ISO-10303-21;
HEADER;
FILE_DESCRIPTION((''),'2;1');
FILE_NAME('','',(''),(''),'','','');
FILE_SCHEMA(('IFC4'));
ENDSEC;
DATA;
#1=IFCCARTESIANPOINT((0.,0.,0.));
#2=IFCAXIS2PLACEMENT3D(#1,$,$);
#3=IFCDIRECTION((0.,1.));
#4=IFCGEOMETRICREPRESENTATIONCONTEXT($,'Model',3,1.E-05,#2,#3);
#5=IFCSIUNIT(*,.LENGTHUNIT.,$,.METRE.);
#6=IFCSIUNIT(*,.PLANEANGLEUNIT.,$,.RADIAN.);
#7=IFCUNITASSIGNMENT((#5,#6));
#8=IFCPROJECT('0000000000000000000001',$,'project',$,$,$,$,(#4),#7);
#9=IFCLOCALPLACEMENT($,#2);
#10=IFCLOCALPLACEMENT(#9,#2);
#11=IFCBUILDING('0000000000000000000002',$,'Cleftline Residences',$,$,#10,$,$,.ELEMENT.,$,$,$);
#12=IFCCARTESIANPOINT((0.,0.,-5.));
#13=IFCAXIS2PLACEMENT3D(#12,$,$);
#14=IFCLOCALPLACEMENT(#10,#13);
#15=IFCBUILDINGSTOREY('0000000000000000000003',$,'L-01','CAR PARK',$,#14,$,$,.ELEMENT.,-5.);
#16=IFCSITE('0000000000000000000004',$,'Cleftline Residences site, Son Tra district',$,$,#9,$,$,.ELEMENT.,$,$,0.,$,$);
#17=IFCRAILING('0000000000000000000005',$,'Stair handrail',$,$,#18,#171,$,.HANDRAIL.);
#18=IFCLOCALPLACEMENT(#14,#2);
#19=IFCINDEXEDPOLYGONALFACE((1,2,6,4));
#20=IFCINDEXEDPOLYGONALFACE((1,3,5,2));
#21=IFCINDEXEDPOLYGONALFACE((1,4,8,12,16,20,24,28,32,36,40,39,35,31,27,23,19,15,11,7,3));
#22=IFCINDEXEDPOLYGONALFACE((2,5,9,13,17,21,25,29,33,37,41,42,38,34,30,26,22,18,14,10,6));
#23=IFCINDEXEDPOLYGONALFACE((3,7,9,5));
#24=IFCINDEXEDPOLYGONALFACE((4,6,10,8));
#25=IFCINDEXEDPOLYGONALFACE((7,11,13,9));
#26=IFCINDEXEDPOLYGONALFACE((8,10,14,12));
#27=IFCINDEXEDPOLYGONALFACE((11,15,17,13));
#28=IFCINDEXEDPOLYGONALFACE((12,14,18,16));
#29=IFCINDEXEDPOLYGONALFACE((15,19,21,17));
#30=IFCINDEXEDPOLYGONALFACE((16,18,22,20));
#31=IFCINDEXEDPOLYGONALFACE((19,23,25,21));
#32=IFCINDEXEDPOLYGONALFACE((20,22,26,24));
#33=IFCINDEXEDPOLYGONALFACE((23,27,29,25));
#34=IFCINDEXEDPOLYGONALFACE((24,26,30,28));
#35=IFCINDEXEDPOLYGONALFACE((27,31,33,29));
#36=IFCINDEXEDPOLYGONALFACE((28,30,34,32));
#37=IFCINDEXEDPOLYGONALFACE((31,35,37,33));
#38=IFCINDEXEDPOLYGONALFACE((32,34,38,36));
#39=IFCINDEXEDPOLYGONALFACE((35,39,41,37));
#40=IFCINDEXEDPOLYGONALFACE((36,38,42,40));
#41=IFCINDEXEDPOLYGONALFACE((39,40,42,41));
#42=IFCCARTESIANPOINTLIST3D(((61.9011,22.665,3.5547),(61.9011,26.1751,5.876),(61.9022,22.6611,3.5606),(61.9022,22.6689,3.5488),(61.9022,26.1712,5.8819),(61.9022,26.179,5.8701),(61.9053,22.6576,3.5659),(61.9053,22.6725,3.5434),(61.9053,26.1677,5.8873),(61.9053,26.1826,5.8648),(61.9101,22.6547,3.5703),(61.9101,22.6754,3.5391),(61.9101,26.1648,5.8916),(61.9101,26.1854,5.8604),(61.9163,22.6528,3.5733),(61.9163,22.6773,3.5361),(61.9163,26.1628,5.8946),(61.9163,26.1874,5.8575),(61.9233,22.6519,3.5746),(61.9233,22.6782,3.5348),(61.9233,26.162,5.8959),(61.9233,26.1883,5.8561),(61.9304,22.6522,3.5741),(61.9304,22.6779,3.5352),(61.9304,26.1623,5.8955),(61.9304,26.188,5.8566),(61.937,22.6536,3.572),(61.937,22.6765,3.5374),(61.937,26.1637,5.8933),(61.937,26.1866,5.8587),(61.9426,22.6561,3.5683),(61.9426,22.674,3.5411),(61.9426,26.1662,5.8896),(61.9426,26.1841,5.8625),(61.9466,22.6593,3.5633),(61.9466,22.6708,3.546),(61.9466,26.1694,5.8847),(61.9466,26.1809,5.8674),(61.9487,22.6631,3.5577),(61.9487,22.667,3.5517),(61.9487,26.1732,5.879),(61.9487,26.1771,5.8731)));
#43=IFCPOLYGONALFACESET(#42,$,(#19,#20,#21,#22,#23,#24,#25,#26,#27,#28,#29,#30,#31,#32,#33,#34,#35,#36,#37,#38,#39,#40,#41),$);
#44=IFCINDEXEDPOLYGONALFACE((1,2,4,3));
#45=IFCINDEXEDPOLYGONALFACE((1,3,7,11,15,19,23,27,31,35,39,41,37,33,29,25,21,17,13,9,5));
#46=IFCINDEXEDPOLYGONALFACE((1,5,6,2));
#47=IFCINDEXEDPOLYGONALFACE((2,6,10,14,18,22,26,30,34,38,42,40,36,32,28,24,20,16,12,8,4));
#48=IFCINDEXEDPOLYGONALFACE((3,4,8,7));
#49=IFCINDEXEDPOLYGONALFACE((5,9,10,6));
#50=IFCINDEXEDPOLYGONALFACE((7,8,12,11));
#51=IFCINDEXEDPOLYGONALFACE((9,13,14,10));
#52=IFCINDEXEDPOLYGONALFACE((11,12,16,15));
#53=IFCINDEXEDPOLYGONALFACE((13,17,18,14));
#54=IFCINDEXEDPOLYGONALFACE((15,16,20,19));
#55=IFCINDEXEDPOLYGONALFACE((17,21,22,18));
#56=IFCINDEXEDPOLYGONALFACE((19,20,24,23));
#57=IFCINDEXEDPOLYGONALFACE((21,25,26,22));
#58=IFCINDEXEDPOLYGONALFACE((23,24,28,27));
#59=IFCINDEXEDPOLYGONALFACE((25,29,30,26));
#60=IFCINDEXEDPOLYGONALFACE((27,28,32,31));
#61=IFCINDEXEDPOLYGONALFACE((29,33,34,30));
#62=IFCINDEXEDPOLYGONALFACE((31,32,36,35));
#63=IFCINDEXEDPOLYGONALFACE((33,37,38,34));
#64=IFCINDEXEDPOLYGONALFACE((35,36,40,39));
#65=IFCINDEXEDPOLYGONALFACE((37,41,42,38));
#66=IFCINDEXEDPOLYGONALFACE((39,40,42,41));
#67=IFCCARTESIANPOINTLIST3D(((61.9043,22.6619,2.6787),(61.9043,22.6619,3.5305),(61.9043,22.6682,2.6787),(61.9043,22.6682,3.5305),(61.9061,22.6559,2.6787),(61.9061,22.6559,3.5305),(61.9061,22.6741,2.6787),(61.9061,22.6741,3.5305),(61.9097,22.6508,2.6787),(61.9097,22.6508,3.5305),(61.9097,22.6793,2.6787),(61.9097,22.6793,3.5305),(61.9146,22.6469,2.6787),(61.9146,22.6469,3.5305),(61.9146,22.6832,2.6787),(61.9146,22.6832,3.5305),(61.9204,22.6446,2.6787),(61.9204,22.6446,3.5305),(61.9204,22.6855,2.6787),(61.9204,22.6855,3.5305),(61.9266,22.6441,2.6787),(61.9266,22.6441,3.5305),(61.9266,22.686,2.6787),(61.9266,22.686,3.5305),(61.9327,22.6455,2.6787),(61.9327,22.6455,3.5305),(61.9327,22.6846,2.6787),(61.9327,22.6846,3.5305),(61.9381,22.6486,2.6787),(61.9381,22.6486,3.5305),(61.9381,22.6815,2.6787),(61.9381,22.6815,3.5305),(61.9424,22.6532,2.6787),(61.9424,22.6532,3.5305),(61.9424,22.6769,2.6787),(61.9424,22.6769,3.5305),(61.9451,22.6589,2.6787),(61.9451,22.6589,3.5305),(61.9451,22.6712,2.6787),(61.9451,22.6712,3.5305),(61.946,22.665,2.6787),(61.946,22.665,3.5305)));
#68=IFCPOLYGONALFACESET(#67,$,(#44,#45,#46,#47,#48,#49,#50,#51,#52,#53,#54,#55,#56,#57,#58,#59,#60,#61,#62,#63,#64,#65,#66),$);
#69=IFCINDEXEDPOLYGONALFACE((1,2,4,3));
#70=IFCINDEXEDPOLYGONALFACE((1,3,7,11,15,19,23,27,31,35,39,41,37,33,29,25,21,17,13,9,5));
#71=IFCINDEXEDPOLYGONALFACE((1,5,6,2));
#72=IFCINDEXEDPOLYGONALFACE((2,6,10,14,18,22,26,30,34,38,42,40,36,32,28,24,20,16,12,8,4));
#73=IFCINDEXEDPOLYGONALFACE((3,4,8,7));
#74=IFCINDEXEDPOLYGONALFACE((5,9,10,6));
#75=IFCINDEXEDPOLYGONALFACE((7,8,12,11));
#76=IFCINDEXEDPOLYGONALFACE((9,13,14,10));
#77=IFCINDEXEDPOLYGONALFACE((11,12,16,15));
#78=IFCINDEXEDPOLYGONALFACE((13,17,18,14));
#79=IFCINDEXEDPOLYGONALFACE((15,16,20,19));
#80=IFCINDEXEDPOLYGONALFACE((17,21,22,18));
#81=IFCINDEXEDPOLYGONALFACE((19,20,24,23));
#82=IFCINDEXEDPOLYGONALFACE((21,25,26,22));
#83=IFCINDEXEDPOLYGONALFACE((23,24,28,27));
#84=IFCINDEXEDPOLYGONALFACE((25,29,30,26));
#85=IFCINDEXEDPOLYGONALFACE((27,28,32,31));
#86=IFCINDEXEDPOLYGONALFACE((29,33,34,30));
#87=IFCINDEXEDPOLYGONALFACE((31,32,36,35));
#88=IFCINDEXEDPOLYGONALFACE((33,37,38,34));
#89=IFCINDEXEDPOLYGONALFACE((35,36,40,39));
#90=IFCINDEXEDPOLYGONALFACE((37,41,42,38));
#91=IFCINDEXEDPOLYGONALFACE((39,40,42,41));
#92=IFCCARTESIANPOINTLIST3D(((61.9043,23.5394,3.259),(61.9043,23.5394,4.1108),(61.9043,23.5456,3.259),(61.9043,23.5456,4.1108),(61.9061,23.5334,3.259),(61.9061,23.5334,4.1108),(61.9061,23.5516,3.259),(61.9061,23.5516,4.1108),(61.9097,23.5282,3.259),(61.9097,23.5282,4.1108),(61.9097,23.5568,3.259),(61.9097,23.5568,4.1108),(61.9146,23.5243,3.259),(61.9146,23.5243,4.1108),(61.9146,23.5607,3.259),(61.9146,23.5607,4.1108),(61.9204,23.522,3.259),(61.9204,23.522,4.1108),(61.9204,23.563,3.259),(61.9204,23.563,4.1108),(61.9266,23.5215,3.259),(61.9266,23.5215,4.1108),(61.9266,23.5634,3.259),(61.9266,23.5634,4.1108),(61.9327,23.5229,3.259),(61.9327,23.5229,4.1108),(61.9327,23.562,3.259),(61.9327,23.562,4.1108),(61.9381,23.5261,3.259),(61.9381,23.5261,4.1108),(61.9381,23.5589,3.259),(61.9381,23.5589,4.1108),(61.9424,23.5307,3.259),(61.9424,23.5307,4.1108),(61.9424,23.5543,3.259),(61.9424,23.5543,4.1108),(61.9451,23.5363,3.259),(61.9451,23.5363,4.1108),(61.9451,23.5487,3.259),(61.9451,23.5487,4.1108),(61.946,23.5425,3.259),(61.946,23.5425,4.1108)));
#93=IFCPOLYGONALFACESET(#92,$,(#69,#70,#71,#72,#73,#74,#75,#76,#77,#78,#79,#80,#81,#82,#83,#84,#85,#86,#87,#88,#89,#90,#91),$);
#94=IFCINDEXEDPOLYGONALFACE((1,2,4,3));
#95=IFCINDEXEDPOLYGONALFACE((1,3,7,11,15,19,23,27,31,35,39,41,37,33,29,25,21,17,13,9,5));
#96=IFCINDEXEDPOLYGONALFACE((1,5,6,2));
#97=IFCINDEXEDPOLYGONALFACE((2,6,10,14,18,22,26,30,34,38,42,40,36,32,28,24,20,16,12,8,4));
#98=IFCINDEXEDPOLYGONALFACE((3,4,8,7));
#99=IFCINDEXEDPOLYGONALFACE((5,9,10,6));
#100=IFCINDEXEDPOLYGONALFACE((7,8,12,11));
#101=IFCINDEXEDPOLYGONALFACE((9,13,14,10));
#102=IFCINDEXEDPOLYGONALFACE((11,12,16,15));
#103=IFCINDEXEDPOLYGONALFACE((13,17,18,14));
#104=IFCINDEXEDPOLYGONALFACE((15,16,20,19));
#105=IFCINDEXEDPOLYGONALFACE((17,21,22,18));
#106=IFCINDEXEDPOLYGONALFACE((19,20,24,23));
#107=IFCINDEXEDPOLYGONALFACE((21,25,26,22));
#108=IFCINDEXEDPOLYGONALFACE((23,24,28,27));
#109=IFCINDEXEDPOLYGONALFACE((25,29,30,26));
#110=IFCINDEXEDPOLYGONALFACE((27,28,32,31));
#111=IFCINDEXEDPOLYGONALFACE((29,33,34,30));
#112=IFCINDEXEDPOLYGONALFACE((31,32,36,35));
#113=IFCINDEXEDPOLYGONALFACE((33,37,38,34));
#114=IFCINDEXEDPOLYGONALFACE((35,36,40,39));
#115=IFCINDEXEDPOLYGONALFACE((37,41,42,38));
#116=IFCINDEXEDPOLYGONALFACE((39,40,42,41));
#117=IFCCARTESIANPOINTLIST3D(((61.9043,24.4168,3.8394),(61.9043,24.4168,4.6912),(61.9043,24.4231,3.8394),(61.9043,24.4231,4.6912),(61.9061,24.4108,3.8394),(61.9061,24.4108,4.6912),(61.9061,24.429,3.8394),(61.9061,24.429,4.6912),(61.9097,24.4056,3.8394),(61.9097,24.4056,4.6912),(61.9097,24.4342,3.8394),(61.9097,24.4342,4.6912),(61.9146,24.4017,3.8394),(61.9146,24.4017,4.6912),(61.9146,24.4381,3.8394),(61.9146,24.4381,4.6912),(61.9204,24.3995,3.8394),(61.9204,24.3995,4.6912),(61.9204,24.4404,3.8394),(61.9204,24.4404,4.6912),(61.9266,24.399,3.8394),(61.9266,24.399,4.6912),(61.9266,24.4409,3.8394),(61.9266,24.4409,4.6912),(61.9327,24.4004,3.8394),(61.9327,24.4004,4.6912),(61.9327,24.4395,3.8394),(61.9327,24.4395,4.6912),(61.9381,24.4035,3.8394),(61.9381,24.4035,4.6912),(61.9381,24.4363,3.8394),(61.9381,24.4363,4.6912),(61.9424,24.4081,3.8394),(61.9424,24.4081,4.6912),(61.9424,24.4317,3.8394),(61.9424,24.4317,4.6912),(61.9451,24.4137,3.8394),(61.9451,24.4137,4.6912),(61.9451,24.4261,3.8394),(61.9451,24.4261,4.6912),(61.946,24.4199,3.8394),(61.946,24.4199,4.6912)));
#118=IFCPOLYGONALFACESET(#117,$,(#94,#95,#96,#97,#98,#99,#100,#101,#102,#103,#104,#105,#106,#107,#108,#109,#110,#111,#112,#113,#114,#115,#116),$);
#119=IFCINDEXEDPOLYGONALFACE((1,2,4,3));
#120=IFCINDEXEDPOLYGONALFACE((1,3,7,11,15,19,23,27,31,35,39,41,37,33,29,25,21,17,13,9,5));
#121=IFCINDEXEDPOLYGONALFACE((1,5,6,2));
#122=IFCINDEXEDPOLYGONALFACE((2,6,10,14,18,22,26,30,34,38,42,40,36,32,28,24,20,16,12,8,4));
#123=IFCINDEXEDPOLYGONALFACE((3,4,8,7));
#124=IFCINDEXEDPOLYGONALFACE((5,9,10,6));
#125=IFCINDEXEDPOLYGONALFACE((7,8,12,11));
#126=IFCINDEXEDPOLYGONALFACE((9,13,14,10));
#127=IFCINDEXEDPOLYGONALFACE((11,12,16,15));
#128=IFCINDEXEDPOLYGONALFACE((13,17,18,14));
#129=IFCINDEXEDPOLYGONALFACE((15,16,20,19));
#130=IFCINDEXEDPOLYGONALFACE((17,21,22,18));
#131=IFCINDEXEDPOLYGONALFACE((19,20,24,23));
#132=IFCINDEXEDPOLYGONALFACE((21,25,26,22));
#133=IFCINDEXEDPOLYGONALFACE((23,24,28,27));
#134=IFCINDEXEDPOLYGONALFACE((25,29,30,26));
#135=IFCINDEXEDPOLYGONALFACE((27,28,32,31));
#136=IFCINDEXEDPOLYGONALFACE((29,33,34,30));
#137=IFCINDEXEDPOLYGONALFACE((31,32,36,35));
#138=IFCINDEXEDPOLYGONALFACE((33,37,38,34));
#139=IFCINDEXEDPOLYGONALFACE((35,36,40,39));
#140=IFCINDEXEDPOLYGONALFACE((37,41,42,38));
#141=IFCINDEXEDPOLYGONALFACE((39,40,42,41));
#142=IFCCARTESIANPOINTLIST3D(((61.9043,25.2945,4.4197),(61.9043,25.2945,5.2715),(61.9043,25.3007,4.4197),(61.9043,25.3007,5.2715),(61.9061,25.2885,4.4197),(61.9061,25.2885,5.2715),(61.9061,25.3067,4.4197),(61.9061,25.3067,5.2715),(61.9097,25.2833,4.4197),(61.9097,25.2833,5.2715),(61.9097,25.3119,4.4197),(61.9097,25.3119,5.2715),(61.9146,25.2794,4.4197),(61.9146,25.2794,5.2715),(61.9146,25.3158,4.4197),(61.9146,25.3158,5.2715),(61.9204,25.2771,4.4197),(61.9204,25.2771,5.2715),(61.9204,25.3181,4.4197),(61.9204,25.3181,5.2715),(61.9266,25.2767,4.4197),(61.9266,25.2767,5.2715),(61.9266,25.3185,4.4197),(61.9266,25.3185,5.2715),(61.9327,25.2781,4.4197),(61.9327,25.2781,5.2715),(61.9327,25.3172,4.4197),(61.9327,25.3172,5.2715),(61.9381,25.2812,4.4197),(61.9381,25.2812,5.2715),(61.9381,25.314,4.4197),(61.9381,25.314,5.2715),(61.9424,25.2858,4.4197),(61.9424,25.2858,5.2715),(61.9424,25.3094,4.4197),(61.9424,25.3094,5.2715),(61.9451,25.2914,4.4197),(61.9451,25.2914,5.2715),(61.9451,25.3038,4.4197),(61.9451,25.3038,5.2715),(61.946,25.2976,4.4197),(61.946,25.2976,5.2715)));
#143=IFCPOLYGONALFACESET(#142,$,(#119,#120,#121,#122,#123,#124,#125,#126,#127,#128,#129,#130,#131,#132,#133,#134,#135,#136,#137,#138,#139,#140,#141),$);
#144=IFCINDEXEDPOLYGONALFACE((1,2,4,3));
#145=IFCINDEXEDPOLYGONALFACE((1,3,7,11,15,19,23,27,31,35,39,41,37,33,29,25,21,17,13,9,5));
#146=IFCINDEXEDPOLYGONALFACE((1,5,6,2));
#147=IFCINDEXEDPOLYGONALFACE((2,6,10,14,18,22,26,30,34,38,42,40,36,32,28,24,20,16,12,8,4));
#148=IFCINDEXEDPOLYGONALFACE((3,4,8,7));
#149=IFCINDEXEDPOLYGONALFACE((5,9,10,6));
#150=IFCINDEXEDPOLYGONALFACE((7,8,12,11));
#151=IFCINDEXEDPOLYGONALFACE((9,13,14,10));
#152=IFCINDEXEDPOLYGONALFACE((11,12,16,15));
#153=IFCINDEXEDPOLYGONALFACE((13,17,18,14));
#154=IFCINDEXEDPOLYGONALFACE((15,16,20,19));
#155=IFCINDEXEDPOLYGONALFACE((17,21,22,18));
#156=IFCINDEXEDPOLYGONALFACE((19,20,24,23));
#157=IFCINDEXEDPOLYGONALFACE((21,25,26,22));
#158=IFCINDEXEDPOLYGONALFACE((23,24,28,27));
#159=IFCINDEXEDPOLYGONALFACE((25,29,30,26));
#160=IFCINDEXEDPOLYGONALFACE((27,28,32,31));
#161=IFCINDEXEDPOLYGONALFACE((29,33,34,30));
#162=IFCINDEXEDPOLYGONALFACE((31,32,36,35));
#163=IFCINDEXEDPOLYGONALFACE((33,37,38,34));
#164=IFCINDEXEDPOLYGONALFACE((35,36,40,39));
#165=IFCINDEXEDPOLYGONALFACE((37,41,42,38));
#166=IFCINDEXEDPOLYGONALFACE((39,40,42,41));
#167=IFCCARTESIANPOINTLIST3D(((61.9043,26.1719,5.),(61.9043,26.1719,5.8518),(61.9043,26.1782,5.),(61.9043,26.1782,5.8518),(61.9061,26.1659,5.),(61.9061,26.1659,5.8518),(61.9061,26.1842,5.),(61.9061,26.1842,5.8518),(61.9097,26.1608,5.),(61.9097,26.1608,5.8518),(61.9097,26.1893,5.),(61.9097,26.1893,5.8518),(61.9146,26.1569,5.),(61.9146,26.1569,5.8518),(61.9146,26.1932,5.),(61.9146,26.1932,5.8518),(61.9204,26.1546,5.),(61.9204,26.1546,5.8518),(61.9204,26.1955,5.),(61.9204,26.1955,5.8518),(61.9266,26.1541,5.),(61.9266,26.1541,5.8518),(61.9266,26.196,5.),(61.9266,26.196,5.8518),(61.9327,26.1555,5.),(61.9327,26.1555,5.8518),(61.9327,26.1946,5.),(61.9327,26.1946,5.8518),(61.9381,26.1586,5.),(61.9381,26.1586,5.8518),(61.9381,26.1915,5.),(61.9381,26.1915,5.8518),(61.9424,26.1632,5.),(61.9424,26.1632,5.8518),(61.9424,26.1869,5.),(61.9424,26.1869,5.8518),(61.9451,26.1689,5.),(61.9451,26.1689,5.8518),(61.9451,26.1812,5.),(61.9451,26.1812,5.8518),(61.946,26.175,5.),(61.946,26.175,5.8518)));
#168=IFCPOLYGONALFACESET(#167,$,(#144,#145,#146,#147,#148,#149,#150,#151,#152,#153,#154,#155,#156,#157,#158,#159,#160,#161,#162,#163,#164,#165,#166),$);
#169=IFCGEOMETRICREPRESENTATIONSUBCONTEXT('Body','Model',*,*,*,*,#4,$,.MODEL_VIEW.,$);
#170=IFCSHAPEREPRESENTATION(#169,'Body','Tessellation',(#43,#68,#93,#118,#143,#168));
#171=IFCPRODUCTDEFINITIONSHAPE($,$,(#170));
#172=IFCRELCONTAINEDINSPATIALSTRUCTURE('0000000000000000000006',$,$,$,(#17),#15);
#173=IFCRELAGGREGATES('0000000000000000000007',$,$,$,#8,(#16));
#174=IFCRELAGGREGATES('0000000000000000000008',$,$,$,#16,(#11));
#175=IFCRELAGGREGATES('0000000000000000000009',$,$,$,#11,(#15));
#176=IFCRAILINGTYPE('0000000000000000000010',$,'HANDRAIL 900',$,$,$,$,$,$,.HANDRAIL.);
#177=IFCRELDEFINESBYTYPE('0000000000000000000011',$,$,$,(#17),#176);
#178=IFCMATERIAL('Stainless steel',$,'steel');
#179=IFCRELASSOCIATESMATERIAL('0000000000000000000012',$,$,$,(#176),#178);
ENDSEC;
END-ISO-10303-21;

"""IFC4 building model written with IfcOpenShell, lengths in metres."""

from ifc_helpers import new_model, si_unit, direction, frame, origin, origin_2d, place, context, subcontext, project, spatial, circle, extrude, material, type_object, element, save


model = new_model("IFC4")

# Units and contexts
model_context = context("Model", 3, precision=1e-05, world=origin(), true_north=direction((0.0, 1.0)))
body_context = subcontext(model_context, "Body", "Model", "MODEL_VIEW")
ifc_project = project(units=[si_unit("LENGTHUNIT", "METRE"), si_unit("PLANEANGLEUNIT", "RADIAN")], contexts=[model_context])

# Site, building, storey
site_placement = place(None, origin())
site = spatial("IfcSite", under=ifc_project, at=site_placement, Name="Cleftline Residences site, Son Tra district", CompositionType="ELEMENT", RefElevation=0.0)
building_placement = place(site_placement, origin())
building = spatial("IfcBuilding", under=site, at=building_placement, Name="Cleftline Residences", CompositionType="ELEMENT")
storey_placement = place(building_placement, frame((0.0, 0.0, -5.0)))
storey = spatial("IfcBuildingStorey", under=building, at=storey_placement, Name="L-01", Description="CAR PARK", CompositionType="ELEMENT", Elevation=-5.0)

# Railing
ifc_material_1 = material(Name="Stainless steel", Category="steel")
railing_type = type_object("IfcRailingType", Name="HANDRAIL 900", PredefinedType="HANDRAIL", material=ifc_material_1)
railing_1_placement = place(storey_placement, frame((61.925, 22.665, 2.6787)))
element("IfcRailing", 1, at=railing_1_placement, inside=storey, type_object=railing_type, Name="Stair handrail", PredefinedType="HANDRAIL", context=body_context, shape_type="SweptSolid", body=[
    extrude(circle(Radius=0.0239, at=origin_2d()), frame((0.0, 0.0, 0.876), z_axis=(0.0, 0.834097, 0.551617), x_axis=(-1.0, 0.0, 0.0)), (0.0, 0.0, 1.0), 4.2083),
    extrude(circle(Radius=0.021, at=origin_2d()), origin(), (0.0, 0.0, 1.0), 0.8518),
    extrude(circle(Radius=0.021, at=origin_2d()), frame((0.0, 0.8774, 0.5803)), (0.0, 0.0, 1.0), 0.8518),
    extrude(circle(Radius=0.021, at=origin_2d()), frame((0.0, 1.7549, 1.1606)), (0.0, 0.0, 1.0), 0.8518),
    extrude(circle(Radius=0.021, at=origin_2d()), frame((0.0, 2.6326, 1.741)), (0.0, 0.0, 1.0), 0.8518),
    extrude(circle(Radius=0.021, at=origin_2d()), frame((0.0, 3.51, 2.3213)), (0.0, 0.0, 1.0), 0.8518),
])

save(model, "model.ifc")
